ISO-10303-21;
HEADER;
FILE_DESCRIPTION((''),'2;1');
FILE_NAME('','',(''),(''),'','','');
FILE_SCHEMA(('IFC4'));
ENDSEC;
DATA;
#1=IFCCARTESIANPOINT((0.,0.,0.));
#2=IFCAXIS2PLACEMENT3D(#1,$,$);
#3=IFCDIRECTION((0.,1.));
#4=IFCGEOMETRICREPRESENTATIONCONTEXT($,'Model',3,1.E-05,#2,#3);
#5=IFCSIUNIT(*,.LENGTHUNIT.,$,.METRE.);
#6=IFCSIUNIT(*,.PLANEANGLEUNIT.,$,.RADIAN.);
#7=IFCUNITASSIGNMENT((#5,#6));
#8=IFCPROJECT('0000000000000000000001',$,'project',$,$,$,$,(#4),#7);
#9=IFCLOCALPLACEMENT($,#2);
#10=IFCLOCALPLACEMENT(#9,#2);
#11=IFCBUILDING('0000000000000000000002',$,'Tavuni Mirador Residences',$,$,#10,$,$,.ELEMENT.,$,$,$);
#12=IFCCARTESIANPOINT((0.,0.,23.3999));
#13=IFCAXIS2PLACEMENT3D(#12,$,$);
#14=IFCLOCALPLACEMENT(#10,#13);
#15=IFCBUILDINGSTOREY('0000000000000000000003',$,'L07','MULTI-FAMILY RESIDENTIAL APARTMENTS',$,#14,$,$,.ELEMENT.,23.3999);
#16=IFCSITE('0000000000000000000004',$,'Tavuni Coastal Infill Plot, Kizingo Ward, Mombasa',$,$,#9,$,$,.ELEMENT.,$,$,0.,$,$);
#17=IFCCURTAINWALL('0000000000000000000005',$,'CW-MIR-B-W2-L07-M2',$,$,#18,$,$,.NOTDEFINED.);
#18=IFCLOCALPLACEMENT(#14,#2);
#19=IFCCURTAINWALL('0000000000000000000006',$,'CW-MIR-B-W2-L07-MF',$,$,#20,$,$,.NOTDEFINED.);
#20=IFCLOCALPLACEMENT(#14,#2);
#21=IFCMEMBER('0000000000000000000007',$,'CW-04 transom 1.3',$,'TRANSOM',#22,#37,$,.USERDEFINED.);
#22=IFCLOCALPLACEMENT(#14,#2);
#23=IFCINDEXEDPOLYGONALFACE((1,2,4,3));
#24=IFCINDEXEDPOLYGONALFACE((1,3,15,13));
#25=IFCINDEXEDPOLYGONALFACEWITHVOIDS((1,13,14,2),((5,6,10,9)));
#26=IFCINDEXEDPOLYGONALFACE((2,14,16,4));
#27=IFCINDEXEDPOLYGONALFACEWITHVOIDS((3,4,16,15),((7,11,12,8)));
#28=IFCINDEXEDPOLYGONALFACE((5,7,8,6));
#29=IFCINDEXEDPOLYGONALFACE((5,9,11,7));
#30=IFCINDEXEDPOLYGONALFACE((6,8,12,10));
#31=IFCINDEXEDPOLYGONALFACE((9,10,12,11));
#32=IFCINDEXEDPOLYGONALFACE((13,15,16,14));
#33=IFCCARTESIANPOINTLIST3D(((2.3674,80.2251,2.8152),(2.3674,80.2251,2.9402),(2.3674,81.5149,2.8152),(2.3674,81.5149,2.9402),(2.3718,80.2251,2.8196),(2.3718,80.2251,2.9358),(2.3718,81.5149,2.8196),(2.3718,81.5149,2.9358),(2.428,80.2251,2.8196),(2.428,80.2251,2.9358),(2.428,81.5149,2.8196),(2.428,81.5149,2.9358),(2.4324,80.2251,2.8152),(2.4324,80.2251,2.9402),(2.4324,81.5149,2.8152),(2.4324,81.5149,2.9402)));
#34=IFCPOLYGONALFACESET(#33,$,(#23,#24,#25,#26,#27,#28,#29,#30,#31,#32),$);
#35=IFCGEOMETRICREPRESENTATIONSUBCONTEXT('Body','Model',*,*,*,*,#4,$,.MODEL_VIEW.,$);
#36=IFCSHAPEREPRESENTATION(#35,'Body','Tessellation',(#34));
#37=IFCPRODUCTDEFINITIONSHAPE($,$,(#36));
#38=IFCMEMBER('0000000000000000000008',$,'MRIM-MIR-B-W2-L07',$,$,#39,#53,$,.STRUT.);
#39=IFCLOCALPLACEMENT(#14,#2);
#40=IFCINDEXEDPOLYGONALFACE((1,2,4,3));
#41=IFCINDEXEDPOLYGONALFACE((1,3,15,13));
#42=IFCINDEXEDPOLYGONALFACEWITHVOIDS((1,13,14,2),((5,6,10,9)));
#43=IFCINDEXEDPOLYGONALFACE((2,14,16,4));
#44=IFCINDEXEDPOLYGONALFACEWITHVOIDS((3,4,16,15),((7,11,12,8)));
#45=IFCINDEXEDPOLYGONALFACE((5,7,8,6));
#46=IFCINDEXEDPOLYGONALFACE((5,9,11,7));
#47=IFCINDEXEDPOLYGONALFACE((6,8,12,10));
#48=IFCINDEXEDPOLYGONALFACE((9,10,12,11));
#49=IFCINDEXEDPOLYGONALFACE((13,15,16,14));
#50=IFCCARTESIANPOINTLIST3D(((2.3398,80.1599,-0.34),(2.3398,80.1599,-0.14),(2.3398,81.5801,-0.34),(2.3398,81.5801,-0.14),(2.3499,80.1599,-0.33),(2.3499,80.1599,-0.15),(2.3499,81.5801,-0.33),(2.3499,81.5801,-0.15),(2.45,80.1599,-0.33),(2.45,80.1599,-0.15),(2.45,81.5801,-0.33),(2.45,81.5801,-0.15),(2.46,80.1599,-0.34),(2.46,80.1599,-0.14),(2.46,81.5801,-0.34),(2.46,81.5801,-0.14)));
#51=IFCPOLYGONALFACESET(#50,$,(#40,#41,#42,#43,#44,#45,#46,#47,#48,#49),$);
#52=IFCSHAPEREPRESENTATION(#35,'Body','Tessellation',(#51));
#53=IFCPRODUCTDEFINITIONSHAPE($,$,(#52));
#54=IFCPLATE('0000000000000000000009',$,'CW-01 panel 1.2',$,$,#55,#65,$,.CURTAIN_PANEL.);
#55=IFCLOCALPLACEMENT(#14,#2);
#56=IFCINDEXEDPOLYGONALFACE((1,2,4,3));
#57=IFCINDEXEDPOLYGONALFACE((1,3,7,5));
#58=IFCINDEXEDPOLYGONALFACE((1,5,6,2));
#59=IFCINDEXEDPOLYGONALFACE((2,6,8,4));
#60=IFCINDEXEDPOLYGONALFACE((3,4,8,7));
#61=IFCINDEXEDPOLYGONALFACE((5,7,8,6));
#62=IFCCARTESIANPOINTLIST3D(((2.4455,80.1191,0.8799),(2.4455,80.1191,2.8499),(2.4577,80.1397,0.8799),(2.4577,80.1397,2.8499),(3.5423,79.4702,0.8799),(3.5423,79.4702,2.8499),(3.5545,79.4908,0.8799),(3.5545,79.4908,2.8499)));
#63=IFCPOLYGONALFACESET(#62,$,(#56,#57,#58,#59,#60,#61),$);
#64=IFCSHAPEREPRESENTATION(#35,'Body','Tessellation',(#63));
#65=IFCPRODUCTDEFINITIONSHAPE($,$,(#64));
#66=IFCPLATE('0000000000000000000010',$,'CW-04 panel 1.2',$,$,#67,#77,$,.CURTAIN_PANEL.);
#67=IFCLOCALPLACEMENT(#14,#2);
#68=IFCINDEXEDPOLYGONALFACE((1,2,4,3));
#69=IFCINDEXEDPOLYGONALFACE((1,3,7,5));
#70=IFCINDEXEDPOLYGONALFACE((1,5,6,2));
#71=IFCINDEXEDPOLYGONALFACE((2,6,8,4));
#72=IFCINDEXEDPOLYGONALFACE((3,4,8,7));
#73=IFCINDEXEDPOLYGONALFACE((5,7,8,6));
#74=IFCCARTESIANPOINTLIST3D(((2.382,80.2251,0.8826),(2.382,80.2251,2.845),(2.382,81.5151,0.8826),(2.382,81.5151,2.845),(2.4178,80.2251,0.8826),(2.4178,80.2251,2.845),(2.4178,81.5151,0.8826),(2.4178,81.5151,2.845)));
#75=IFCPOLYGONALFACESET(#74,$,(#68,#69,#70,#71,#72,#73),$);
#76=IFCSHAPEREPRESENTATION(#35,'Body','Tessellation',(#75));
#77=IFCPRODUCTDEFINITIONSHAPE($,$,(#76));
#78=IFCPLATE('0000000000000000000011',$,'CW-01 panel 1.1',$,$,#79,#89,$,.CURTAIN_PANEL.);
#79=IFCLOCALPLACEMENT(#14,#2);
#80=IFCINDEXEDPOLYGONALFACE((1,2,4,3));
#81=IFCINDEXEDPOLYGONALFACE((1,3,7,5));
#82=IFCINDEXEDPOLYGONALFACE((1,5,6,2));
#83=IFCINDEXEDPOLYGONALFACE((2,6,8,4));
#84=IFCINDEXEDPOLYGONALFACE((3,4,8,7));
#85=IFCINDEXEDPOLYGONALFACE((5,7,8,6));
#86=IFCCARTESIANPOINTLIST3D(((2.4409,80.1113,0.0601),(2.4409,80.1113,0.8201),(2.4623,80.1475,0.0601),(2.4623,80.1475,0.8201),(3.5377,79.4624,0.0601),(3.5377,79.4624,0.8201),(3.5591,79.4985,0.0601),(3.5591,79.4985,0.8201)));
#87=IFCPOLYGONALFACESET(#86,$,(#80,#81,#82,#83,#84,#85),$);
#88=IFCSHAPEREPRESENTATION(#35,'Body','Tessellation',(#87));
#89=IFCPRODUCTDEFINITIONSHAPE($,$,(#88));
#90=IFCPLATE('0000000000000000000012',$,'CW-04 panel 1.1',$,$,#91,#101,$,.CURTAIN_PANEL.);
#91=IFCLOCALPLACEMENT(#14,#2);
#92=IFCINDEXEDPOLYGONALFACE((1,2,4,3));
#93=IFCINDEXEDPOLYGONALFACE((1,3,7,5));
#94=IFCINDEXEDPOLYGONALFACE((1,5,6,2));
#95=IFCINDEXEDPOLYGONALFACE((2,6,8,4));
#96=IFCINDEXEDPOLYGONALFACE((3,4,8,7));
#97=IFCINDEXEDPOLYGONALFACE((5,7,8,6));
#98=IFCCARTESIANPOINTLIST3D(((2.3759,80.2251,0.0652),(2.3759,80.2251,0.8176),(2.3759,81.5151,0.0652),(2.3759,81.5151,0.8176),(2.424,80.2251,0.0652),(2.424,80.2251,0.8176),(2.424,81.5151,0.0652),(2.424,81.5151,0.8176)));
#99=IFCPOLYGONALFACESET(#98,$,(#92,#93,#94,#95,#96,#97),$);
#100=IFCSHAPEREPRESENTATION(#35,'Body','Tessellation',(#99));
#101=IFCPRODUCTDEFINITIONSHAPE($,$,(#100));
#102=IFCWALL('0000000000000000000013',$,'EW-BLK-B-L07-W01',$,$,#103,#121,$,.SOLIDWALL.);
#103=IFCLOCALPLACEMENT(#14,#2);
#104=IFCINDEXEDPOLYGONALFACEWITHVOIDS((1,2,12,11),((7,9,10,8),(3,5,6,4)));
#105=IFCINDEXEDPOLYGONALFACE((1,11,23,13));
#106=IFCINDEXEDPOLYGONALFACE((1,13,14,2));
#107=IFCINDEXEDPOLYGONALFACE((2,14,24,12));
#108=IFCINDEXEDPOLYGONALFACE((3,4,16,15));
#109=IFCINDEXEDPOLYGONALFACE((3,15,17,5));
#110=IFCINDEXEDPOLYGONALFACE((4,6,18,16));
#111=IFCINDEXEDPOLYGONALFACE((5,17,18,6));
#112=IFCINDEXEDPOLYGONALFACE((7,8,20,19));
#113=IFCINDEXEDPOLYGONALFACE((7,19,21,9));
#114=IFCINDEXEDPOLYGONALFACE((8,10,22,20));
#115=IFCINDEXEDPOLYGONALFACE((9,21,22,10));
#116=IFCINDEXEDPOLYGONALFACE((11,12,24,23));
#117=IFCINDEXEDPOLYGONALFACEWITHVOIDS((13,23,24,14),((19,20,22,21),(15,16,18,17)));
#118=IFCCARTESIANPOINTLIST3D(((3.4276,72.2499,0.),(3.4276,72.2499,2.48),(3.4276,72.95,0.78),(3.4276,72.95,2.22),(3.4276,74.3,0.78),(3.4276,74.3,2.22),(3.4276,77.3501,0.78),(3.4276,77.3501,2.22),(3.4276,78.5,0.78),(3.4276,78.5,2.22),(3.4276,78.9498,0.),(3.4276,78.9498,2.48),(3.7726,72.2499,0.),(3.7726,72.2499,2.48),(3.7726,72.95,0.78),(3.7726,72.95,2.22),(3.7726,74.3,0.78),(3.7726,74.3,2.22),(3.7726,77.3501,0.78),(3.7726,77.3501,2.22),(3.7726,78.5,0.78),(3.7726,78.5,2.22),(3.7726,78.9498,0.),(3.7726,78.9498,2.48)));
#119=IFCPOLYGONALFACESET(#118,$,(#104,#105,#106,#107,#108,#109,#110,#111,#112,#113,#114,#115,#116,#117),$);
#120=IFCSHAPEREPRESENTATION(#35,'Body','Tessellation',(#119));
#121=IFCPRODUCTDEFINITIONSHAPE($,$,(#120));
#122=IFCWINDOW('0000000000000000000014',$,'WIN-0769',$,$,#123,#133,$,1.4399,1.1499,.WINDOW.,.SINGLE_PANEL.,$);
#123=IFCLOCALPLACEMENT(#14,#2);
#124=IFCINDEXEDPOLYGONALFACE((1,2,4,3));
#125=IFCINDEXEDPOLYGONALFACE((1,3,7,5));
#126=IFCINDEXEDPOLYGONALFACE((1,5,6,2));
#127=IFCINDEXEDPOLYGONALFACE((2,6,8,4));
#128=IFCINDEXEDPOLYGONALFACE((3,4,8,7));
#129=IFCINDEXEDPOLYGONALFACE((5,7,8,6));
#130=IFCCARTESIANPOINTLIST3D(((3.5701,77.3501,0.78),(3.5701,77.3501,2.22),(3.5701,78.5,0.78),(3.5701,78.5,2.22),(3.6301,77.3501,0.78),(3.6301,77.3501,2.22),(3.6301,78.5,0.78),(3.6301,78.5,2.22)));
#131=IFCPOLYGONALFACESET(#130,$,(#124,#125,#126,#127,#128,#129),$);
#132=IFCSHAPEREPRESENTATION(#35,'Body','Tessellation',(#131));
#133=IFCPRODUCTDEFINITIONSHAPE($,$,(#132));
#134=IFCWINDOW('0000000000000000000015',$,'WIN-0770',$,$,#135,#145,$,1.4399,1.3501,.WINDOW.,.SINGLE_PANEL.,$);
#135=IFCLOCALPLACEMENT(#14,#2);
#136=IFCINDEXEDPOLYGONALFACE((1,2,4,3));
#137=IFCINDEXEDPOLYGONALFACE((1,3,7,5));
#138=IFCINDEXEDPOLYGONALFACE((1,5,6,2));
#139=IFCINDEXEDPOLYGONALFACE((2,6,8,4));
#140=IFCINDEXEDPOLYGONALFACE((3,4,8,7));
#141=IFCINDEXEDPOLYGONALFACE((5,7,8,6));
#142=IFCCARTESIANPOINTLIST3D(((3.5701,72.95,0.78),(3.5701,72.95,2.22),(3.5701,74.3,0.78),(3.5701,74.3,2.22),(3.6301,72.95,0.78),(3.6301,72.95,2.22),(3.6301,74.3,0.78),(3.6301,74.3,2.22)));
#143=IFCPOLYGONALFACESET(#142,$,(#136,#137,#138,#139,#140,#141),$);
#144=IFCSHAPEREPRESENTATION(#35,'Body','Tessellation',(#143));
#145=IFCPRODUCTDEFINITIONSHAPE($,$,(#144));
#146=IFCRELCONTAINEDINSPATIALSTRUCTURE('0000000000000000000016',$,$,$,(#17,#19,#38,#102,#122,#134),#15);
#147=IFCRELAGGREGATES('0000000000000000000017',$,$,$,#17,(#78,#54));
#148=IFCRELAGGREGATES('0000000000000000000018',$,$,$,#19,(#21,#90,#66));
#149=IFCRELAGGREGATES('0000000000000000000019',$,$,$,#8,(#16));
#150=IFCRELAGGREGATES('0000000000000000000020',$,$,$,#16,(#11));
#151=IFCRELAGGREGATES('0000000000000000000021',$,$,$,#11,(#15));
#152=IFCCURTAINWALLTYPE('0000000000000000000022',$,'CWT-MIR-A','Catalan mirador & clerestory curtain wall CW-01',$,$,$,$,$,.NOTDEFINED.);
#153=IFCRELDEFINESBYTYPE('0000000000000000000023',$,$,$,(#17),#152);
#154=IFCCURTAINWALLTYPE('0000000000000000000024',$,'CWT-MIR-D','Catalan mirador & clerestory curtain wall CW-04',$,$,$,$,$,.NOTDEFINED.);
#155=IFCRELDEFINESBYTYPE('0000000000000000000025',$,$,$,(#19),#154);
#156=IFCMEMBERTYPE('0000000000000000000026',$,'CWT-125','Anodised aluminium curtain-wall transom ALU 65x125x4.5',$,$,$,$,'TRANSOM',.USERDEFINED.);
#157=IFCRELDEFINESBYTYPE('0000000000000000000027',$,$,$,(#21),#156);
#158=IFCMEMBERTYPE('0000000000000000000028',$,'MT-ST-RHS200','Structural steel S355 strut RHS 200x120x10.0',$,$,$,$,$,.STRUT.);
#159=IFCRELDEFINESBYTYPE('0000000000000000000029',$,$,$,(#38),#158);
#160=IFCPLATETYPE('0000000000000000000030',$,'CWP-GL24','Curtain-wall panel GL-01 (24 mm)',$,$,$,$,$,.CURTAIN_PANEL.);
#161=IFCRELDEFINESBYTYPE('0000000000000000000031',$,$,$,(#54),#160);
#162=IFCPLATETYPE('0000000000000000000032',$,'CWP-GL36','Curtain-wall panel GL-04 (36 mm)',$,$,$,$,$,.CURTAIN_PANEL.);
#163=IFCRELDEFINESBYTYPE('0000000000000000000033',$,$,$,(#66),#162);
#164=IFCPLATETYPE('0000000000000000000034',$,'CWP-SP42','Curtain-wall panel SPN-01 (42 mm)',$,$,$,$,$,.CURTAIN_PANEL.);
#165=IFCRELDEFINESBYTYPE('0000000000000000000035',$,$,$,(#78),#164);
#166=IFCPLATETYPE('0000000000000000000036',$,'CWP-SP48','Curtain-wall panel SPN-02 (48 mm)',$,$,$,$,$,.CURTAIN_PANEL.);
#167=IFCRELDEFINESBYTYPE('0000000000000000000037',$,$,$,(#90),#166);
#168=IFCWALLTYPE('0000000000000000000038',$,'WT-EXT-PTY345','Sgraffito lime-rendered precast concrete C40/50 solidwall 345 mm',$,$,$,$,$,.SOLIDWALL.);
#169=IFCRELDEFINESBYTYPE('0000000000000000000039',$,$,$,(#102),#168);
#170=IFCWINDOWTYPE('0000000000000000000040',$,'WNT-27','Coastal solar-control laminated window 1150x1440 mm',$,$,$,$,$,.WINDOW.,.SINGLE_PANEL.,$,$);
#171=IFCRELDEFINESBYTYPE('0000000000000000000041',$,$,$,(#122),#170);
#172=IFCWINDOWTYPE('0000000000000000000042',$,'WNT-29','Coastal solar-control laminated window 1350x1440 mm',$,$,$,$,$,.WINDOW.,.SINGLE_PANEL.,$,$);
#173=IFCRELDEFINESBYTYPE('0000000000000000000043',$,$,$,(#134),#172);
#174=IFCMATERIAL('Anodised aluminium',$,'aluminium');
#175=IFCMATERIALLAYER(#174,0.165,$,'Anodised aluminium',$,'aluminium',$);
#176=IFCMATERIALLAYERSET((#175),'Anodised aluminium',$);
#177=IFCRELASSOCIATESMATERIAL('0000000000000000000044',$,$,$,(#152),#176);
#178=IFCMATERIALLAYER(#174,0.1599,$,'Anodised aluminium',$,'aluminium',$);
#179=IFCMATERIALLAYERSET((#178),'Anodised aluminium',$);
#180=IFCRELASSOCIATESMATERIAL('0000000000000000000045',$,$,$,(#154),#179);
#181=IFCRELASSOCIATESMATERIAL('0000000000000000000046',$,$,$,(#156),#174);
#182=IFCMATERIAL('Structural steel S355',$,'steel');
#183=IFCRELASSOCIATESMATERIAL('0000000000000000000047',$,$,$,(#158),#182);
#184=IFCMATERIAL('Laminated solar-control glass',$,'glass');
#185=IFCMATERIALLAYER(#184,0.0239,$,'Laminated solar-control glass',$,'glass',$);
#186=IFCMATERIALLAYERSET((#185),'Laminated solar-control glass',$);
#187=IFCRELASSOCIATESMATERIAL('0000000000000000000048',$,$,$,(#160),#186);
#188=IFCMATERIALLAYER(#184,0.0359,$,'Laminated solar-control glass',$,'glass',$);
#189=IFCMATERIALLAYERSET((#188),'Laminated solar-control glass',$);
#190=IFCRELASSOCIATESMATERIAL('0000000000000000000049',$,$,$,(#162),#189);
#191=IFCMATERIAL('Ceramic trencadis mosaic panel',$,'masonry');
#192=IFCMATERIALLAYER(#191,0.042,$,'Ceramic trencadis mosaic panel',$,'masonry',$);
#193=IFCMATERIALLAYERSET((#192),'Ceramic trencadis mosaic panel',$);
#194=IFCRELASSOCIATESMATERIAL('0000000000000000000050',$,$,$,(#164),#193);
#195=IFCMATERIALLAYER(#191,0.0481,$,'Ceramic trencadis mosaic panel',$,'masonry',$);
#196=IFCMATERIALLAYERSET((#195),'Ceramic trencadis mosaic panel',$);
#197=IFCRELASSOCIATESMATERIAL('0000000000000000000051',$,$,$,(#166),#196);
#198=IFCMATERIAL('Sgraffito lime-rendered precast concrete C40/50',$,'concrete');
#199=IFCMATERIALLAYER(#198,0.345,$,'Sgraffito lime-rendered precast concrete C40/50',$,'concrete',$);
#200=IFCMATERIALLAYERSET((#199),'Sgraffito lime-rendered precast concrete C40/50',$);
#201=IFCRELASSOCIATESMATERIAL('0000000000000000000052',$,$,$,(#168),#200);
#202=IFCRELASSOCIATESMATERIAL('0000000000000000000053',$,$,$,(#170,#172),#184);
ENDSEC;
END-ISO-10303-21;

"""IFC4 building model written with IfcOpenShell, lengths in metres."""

from ifc_helpers import new_model, si_unit, direction, frame, frame_2d, origin, origin_2d, place, context, subcontext, project, spatial, rectangle, hollow_rectangle, extrude, material, layer, layer_set, material_profile, profile_set, type_object, element, fill, aggregate, save


model = new_model("IFC4")

# Units and contexts
model_context = context("Model", 3, precision=1e-05, world=origin(), true_north=direction((0.0, 1.0)))
body_context = subcontext(model_context, "Body", "Model", "MODEL_VIEW")
ifc_project = project(units=[si_unit("LENGTHUNIT", "METRE"), si_unit("PLANEANGLEUNIT", "RADIAN")], contexts=[model_context])

# Site, building, storey
site_placement = place(None, origin())
site = spatial("IfcSite", under=ifc_project, at=site_placement, Name="Tavuni Coastal Infill Plot, Kizingo Ward, Mombasa", CompositionType="ELEMENT", RefElevation=0.0)
building_placement = place(site_placement, origin())
building = spatial("IfcBuilding", under=site, at=building_placement, Name="Tavuni Mirador Residences", CompositionType="ELEMENT")
storey_placement = place(building_placement, frame((0.0, 0.0, 23.3999)))
storey = spatial("IfcBuildingStorey", under=building, at=storey_placement, Name="L07", Description="MULTI-FAMILY RESIDENTIAL APARTMENTS", CompositionType="ELEMENT", Elevation=23.3999)

# Curtain walls
ifc_material_1 = material(Name="Anodised aluminium", Category="aluminium")
ifc_layer_1 = layer(ifc_material_1, 0.165, Name="Anodised aluminium", Category="aluminium")
ifc_layer_set_1 = layer_set([ifc_layer_1], Name="Anodised aluminium")
curtain_wall_type_1 = type_object("IfcCurtainWallType", Name="CWT-MIR-A", Description="Catalan mirador & clerestory curtain wall CW-01", PredefinedType="NOTDEFINED", material=ifc_layer_set_1)
curtain_wall_1_placement = place(storey_placement, origin())
curtain_wall_1 = element("IfcCurtainWall", 1, at=curtain_wall_1_placement, inside=storey, type_object=curtain_wall_type_1, Name="CW-MIR-B-W2-L07-M2", PredefinedType="NOTDEFINED")
ifc_layer_2 = layer(ifc_material_1, 0.1599, Name="Anodised aluminium", Category="aluminium")
ifc_layer_set_2 = layer_set([ifc_layer_2], Name="Anodised aluminium")
curtain_wall_type_2 = type_object("IfcCurtainWallType", Name="CWT-MIR-D", Description="Catalan mirador & clerestory curtain wall CW-04", PredefinedType="NOTDEFINED", material=ifc_layer_set_2)
curtain_wall_2_placement = place(storey_placement, origin())
curtain_wall_2 = element("IfcCurtainWall", 2, at=curtain_wall_2_placement, inside=storey, type_object=curtain_wall_type_2, Name="CW-MIR-B-W2-L07-MF", PredefinedType="NOTDEFINED")

# Members
ifc_material_profile_1 = material_profile(ifc_material_1, hollow_rectangle(XDim=0.0649, YDim=0.125, WallThickness=0.0044, at=origin_2d()), Name="ALU 65x125x4.5", Category="aluminium")
ifc_profile_set_1 = profile_set([ifc_material_profile_1], Name="Anodised aluminium")
member_type_1 = type_object("IfcMemberType", Name="CWT-125", Description="Anodised aluminium curtain-wall transom ALU 65x125x4.5", ElementType="TRANSOM", PredefinedType="USERDEFINED", material=ifc_profile_set_1)
member_1_placement = place(storey_placement, frame((2.3999, 81.5149, 2.8777), z_axis=(0.0, -1.0, 0.0), x_axis=(1.0, 0.0, 0.0)))
member_1 = element("IfcMember", 3, at=member_1_placement, type_object=member_type_1, Name="CW-04 transom 1.3", ObjectType="TRANSOM", PredefinedType="USERDEFINED", context=body_context, shape_type="SweptSolid", body=[
    extrude(hollow_rectangle(XDim=0.0649, YDim=0.125, WallThickness=0.0044, at=origin_2d()), origin(), (0.0, 0.0, 1.0), 1.2898),
])
ifc_material_2 = material(Name="Structural steel S355", Category="steel")
ifc_material_profile_2 = material_profile(ifc_material_2, hollow_rectangle(XDim=0.1201, YDim=0.2, WallThickness=0.01, at=origin_2d()), Name="RHS 200x120x10.0", Category="steel")
ifc_profile_set_2 = profile_set([ifc_material_profile_2], Name="Structural steel S355")
member_type_2 = type_object("IfcMemberType", Name="MT-ST-RHS200", Description="Structural steel S355 strut RHS 200x120x10.0", PredefinedType="STRUT", material=ifc_profile_set_2)
member_2_placement = place(storey_placement, frame((2.3999, 80.1599, -0.24), z_axis=(0.0, 1.0, 0.0), x_axis=(-1.0, 0.0, 0.0)))
element("IfcMember", 4, at=member_2_placement, inside=storey, type_object=member_type_2, Name="MRIM-MIR-B-W2-L07", PredefinedType="STRUT", context=body_context, shape_type="SweptSolid", body=[
    extrude(hollow_rectangle(XDim=0.1201, YDim=0.2, WallThickness=0.01, at=origin_2d()), origin(), (0.0, 0.0, 1.0), 1.4202),
])

# Plates
ifc_material_3 = material(Name="Laminated solar-control glass", Category="glass")
ifc_layer_3 = layer(ifc_material_3, 0.0239, Name="Laminated solar-control glass", Category="glass")
ifc_layer_set_3 = layer_set([ifc_layer_3], Name="Laminated solar-control glass")
plate_type_1 = type_object("IfcPlateType", Name="CWP-GL24", Description="Curtain-wall panel GL-01 (24 mm)", PredefinedType="CURTAIN_PANEL", material=ifc_layer_set_3)
plate_1_placement = place(storey_placement, frame((3.0, 79.8049, 0.8799), z_axis=(0.0, 0.0, 1.0), x_axis=(0.860641, -0.509212, 0.0)))
plate_1 = element("IfcPlate", 5, at=plate_1_placement, type_object=plate_type_1, Name="CW-01 panel 1.2", PredefinedType="CURTAIN_PANEL", context=body_context, shape_type="SweptSolid", body=[
    extrude(rectangle(XDim=1.2744, YDim=0.0239, at=origin_2d()), origin(), (0.0, 0.0, 1.0), 1.97),
])
ifc_layer_4 = layer(ifc_material_3, 0.0359, Name="Laminated solar-control glass", Category="glass")
ifc_layer_set_4 = layer_set([ifc_layer_4], Name="Laminated solar-control glass")
plate_type_2 = type_object("IfcPlateType", Name="CWP-GL36", Description="Curtain-wall panel GL-04 (36 mm)", PredefinedType="CURTAIN_PANEL", material=ifc_layer_set_4)
plate_2_placement = place(storey_placement, frame((2.3999, 80.8701, 0.8826), z_axis=(0.0, 0.0, 1.0), x_axis=(0.0, -1.0, 0.0)))
plate_2 = element("IfcPlate", 6, at=plate_2_placement, type_object=plate_type_2, Name="CW-04 panel 1.2", PredefinedType="CURTAIN_PANEL", context=body_context, shape_type="SweptSolid", body=[
    extrude(rectangle(XDim=1.29, YDim=0.0359, at=origin_2d()), origin(), (0.0, 0.0, 1.0), 1.9624),
])
ifc_material_4 = material(Name="Ceramic trencadis mosaic panel", Category="masonry")
ifc_layer_5 = layer(ifc_material_4, 0.042, Name="Ceramic trencadis mosaic panel", Category="masonry")
ifc_layer_set_5 = layer_set([ifc_layer_5], Name="Ceramic trencadis mosaic panel")
plate_type_3 = type_object("IfcPlateType", Name="CWP-SP42", Description="Curtain-wall panel SPN-01 (42 mm)", PredefinedType="CURTAIN_PANEL", material=ifc_layer_set_5)
plate_3_placement = place(storey_placement, frame((3.0, 79.8049, 0.0601), z_axis=(0.0, 0.0, 1.0), x_axis=(0.860641, -0.509212, 0.0)))
plate_3 = element("IfcPlate", 7, at=plate_3_placement, type_object=plate_type_3, Name="CW-01 panel 1.1", PredefinedType="CURTAIN_PANEL", context=body_context, shape_type="SweptSolid", body=[
    extrude(rectangle(XDim=1.2744, YDim=0.042, at=origin_2d()), origin(), (0.0, 0.0, 1.0), 0.76),
])
aggregate(curtain_wall_1, [plate_3, plate_1])
ifc_layer_6 = layer(ifc_material_4, 0.0481, Name="Ceramic trencadis mosaic panel", Category="masonry")
ifc_layer_set_6 = layer_set([ifc_layer_6], Name="Ceramic trencadis mosaic panel")
plate_type_4 = type_object("IfcPlateType", Name="CWP-SP48", Description="Curtain-wall panel SPN-02 (48 mm)", PredefinedType="CURTAIN_PANEL", material=ifc_layer_set_6)
plate_4_placement = place(storey_placement, frame((2.3999, 80.8701, 0.0652), z_axis=(0.0, 0.0, 1.0), x_axis=(0.0, -1.0, 0.0)))
plate_4 = element("IfcPlate", 8, at=plate_4_placement, type_object=plate_type_4, Name="CW-04 panel 1.1", PredefinedType="CURTAIN_PANEL", context=body_context, shape_type="SweptSolid", body=[
    extrude(rectangle(XDim=1.29, YDim=0.0481, at=origin_2d()), origin(), (0.0, 0.0, 1.0), 0.7524),
])
aggregate(curtain_wall_2, [member_1, plate_4, plate_2])

# Wall, openings, windows
ifc_material_5 = material(Name="Sgraffito lime-rendered precast concrete C40/50", Category="concrete")
ifc_layer_7 = layer(ifc_material_5, 0.345, Name="Sgraffito lime-rendered precast concrete C40/50", Category="concrete")
ifc_layer_set_7 = layer_set([ifc_layer_7], Name="Sgraffito lime-rendered precast concrete C40/50")
wall_type = type_object("IfcWallType", Name="WT-EXT-PTY345", Description="Sgraffito lime-rendered precast concrete C40/50 solidwall 345 mm", PredefinedType="SOLIDWALL", material=ifc_layer_set_7)
wall_placement = place(storey_placement, frame((3.6001, 78.95, 0.0), z_axis=(0.0, 0.0, 1.0), x_axis=(0.0, -1.0, 0.0)))
wall = element("IfcWall", 9, at=wall_placement, inside=storey, type_object=wall_type, Name="EW-BLK-B-L07-W01", PredefinedType="SOLIDWALL", context=body_context, shape_type="SweptSolid", body=[
    extrude(rectangle(XDim=6.7, YDim=0.345, at=frame_2d((3.3501, 0.0))), origin(), (0.0, 0.0, 1.0), 2.48),
])
opening_1_placement = place(wall_placement, frame((0.45, 0.0, 0.78)))
opening_1 = element("IfcOpeningElement", 10, at=opening_1_placement, cuts=wall, PredefinedType="OPENING", context=body_context, shape_type="SweptSolid", body=[
    extrude(rectangle(XDim=1.1499, YDim=1.4399, at=frame_2d((0.575, 0.72))), frame((0.0, 0.1826, 0.0), z_axis=(0.0, -1.0, 0.0), x_axis=(1.0, 0.0, 0.0)), (0.0, 0.0, 1.0), 0.365),
])
opening_2_placement = place(wall_placement, frame((4.6499, 0.0, 0.78)))
opening_2 = element("IfcOpeningElement", 11, at=opening_2_placement, cuts=wall, PredefinedType="OPENING", context=body_context, shape_type="SweptSolid", body=[
    extrude(rectangle(XDim=1.3501, YDim=1.4399, at=frame_2d((0.675, 0.72))), frame((0.0, 0.1826, 0.0), z_axis=(0.0, -1.0, 0.0), x_axis=(1.0, 0.0, 0.0)), (0.0, 0.0, 1.0), 0.365),
])
window_type_1 = type_object("IfcWindowType", Name="WNT-27", Description="Coastal solar-control laminated window 1150x1440 mm", PartitioningType="SINGLE_PANEL", PredefinedType="WINDOW", material=ifc_material_3)
window_1_placement = place(opening_1_placement, origin())
window_1 = element("IfcWindow", 12, at=window_1_placement, inside=storey, type_object=window_type_1, Name="WIN-0769", OverallHeight=1.4399, OverallWidth=1.1499, PartitioningType="SINGLE_PANEL", PredefinedType="WINDOW", context=body_context, shape_type="SweptSolid", body=[
    extrude(rectangle(XDim=1.1499, YDim=1.4399, at=frame_2d((0.575, 0.72))), frame((0.0, 0.03, 0.0), z_axis=(0.0, -1.0, 0.0), x_axis=(1.0, 0.0, 0.0)), (0.0, 0.0, 1.0), 0.0601),
])
fill(opening_1, window_1)
window_type_2 = type_object("IfcWindowType", Name="WNT-29", Description="Coastal solar-control laminated window 1350x1440 mm", PartitioningType="SINGLE_PANEL", PredefinedType="WINDOW", material=ifc_material_3)
window_2_placement = place(opening_2_placement, origin())
window_2 = element("IfcWindow", 13, at=window_2_placement, inside=storey, type_object=window_type_2, Name="WIN-0770", OverallHeight=1.4399, OverallWidth=1.3501, PartitioningType="SINGLE_PANEL", PredefinedType="WINDOW", context=body_context, shape_type="SweptSolid", body=[
    extrude(rectangle(XDim=1.3501, YDim=1.4399, at=frame_2d((0.675, 0.72))), frame((0.0, 0.03, 0.0), z_axis=(0.0, -1.0, 0.0), x_axis=(1.0, 0.0, 0.0)), (0.0, 0.0, 1.0), 0.0601),
])
fill(opening_2, window_2)

save(model, "model.ifc")
